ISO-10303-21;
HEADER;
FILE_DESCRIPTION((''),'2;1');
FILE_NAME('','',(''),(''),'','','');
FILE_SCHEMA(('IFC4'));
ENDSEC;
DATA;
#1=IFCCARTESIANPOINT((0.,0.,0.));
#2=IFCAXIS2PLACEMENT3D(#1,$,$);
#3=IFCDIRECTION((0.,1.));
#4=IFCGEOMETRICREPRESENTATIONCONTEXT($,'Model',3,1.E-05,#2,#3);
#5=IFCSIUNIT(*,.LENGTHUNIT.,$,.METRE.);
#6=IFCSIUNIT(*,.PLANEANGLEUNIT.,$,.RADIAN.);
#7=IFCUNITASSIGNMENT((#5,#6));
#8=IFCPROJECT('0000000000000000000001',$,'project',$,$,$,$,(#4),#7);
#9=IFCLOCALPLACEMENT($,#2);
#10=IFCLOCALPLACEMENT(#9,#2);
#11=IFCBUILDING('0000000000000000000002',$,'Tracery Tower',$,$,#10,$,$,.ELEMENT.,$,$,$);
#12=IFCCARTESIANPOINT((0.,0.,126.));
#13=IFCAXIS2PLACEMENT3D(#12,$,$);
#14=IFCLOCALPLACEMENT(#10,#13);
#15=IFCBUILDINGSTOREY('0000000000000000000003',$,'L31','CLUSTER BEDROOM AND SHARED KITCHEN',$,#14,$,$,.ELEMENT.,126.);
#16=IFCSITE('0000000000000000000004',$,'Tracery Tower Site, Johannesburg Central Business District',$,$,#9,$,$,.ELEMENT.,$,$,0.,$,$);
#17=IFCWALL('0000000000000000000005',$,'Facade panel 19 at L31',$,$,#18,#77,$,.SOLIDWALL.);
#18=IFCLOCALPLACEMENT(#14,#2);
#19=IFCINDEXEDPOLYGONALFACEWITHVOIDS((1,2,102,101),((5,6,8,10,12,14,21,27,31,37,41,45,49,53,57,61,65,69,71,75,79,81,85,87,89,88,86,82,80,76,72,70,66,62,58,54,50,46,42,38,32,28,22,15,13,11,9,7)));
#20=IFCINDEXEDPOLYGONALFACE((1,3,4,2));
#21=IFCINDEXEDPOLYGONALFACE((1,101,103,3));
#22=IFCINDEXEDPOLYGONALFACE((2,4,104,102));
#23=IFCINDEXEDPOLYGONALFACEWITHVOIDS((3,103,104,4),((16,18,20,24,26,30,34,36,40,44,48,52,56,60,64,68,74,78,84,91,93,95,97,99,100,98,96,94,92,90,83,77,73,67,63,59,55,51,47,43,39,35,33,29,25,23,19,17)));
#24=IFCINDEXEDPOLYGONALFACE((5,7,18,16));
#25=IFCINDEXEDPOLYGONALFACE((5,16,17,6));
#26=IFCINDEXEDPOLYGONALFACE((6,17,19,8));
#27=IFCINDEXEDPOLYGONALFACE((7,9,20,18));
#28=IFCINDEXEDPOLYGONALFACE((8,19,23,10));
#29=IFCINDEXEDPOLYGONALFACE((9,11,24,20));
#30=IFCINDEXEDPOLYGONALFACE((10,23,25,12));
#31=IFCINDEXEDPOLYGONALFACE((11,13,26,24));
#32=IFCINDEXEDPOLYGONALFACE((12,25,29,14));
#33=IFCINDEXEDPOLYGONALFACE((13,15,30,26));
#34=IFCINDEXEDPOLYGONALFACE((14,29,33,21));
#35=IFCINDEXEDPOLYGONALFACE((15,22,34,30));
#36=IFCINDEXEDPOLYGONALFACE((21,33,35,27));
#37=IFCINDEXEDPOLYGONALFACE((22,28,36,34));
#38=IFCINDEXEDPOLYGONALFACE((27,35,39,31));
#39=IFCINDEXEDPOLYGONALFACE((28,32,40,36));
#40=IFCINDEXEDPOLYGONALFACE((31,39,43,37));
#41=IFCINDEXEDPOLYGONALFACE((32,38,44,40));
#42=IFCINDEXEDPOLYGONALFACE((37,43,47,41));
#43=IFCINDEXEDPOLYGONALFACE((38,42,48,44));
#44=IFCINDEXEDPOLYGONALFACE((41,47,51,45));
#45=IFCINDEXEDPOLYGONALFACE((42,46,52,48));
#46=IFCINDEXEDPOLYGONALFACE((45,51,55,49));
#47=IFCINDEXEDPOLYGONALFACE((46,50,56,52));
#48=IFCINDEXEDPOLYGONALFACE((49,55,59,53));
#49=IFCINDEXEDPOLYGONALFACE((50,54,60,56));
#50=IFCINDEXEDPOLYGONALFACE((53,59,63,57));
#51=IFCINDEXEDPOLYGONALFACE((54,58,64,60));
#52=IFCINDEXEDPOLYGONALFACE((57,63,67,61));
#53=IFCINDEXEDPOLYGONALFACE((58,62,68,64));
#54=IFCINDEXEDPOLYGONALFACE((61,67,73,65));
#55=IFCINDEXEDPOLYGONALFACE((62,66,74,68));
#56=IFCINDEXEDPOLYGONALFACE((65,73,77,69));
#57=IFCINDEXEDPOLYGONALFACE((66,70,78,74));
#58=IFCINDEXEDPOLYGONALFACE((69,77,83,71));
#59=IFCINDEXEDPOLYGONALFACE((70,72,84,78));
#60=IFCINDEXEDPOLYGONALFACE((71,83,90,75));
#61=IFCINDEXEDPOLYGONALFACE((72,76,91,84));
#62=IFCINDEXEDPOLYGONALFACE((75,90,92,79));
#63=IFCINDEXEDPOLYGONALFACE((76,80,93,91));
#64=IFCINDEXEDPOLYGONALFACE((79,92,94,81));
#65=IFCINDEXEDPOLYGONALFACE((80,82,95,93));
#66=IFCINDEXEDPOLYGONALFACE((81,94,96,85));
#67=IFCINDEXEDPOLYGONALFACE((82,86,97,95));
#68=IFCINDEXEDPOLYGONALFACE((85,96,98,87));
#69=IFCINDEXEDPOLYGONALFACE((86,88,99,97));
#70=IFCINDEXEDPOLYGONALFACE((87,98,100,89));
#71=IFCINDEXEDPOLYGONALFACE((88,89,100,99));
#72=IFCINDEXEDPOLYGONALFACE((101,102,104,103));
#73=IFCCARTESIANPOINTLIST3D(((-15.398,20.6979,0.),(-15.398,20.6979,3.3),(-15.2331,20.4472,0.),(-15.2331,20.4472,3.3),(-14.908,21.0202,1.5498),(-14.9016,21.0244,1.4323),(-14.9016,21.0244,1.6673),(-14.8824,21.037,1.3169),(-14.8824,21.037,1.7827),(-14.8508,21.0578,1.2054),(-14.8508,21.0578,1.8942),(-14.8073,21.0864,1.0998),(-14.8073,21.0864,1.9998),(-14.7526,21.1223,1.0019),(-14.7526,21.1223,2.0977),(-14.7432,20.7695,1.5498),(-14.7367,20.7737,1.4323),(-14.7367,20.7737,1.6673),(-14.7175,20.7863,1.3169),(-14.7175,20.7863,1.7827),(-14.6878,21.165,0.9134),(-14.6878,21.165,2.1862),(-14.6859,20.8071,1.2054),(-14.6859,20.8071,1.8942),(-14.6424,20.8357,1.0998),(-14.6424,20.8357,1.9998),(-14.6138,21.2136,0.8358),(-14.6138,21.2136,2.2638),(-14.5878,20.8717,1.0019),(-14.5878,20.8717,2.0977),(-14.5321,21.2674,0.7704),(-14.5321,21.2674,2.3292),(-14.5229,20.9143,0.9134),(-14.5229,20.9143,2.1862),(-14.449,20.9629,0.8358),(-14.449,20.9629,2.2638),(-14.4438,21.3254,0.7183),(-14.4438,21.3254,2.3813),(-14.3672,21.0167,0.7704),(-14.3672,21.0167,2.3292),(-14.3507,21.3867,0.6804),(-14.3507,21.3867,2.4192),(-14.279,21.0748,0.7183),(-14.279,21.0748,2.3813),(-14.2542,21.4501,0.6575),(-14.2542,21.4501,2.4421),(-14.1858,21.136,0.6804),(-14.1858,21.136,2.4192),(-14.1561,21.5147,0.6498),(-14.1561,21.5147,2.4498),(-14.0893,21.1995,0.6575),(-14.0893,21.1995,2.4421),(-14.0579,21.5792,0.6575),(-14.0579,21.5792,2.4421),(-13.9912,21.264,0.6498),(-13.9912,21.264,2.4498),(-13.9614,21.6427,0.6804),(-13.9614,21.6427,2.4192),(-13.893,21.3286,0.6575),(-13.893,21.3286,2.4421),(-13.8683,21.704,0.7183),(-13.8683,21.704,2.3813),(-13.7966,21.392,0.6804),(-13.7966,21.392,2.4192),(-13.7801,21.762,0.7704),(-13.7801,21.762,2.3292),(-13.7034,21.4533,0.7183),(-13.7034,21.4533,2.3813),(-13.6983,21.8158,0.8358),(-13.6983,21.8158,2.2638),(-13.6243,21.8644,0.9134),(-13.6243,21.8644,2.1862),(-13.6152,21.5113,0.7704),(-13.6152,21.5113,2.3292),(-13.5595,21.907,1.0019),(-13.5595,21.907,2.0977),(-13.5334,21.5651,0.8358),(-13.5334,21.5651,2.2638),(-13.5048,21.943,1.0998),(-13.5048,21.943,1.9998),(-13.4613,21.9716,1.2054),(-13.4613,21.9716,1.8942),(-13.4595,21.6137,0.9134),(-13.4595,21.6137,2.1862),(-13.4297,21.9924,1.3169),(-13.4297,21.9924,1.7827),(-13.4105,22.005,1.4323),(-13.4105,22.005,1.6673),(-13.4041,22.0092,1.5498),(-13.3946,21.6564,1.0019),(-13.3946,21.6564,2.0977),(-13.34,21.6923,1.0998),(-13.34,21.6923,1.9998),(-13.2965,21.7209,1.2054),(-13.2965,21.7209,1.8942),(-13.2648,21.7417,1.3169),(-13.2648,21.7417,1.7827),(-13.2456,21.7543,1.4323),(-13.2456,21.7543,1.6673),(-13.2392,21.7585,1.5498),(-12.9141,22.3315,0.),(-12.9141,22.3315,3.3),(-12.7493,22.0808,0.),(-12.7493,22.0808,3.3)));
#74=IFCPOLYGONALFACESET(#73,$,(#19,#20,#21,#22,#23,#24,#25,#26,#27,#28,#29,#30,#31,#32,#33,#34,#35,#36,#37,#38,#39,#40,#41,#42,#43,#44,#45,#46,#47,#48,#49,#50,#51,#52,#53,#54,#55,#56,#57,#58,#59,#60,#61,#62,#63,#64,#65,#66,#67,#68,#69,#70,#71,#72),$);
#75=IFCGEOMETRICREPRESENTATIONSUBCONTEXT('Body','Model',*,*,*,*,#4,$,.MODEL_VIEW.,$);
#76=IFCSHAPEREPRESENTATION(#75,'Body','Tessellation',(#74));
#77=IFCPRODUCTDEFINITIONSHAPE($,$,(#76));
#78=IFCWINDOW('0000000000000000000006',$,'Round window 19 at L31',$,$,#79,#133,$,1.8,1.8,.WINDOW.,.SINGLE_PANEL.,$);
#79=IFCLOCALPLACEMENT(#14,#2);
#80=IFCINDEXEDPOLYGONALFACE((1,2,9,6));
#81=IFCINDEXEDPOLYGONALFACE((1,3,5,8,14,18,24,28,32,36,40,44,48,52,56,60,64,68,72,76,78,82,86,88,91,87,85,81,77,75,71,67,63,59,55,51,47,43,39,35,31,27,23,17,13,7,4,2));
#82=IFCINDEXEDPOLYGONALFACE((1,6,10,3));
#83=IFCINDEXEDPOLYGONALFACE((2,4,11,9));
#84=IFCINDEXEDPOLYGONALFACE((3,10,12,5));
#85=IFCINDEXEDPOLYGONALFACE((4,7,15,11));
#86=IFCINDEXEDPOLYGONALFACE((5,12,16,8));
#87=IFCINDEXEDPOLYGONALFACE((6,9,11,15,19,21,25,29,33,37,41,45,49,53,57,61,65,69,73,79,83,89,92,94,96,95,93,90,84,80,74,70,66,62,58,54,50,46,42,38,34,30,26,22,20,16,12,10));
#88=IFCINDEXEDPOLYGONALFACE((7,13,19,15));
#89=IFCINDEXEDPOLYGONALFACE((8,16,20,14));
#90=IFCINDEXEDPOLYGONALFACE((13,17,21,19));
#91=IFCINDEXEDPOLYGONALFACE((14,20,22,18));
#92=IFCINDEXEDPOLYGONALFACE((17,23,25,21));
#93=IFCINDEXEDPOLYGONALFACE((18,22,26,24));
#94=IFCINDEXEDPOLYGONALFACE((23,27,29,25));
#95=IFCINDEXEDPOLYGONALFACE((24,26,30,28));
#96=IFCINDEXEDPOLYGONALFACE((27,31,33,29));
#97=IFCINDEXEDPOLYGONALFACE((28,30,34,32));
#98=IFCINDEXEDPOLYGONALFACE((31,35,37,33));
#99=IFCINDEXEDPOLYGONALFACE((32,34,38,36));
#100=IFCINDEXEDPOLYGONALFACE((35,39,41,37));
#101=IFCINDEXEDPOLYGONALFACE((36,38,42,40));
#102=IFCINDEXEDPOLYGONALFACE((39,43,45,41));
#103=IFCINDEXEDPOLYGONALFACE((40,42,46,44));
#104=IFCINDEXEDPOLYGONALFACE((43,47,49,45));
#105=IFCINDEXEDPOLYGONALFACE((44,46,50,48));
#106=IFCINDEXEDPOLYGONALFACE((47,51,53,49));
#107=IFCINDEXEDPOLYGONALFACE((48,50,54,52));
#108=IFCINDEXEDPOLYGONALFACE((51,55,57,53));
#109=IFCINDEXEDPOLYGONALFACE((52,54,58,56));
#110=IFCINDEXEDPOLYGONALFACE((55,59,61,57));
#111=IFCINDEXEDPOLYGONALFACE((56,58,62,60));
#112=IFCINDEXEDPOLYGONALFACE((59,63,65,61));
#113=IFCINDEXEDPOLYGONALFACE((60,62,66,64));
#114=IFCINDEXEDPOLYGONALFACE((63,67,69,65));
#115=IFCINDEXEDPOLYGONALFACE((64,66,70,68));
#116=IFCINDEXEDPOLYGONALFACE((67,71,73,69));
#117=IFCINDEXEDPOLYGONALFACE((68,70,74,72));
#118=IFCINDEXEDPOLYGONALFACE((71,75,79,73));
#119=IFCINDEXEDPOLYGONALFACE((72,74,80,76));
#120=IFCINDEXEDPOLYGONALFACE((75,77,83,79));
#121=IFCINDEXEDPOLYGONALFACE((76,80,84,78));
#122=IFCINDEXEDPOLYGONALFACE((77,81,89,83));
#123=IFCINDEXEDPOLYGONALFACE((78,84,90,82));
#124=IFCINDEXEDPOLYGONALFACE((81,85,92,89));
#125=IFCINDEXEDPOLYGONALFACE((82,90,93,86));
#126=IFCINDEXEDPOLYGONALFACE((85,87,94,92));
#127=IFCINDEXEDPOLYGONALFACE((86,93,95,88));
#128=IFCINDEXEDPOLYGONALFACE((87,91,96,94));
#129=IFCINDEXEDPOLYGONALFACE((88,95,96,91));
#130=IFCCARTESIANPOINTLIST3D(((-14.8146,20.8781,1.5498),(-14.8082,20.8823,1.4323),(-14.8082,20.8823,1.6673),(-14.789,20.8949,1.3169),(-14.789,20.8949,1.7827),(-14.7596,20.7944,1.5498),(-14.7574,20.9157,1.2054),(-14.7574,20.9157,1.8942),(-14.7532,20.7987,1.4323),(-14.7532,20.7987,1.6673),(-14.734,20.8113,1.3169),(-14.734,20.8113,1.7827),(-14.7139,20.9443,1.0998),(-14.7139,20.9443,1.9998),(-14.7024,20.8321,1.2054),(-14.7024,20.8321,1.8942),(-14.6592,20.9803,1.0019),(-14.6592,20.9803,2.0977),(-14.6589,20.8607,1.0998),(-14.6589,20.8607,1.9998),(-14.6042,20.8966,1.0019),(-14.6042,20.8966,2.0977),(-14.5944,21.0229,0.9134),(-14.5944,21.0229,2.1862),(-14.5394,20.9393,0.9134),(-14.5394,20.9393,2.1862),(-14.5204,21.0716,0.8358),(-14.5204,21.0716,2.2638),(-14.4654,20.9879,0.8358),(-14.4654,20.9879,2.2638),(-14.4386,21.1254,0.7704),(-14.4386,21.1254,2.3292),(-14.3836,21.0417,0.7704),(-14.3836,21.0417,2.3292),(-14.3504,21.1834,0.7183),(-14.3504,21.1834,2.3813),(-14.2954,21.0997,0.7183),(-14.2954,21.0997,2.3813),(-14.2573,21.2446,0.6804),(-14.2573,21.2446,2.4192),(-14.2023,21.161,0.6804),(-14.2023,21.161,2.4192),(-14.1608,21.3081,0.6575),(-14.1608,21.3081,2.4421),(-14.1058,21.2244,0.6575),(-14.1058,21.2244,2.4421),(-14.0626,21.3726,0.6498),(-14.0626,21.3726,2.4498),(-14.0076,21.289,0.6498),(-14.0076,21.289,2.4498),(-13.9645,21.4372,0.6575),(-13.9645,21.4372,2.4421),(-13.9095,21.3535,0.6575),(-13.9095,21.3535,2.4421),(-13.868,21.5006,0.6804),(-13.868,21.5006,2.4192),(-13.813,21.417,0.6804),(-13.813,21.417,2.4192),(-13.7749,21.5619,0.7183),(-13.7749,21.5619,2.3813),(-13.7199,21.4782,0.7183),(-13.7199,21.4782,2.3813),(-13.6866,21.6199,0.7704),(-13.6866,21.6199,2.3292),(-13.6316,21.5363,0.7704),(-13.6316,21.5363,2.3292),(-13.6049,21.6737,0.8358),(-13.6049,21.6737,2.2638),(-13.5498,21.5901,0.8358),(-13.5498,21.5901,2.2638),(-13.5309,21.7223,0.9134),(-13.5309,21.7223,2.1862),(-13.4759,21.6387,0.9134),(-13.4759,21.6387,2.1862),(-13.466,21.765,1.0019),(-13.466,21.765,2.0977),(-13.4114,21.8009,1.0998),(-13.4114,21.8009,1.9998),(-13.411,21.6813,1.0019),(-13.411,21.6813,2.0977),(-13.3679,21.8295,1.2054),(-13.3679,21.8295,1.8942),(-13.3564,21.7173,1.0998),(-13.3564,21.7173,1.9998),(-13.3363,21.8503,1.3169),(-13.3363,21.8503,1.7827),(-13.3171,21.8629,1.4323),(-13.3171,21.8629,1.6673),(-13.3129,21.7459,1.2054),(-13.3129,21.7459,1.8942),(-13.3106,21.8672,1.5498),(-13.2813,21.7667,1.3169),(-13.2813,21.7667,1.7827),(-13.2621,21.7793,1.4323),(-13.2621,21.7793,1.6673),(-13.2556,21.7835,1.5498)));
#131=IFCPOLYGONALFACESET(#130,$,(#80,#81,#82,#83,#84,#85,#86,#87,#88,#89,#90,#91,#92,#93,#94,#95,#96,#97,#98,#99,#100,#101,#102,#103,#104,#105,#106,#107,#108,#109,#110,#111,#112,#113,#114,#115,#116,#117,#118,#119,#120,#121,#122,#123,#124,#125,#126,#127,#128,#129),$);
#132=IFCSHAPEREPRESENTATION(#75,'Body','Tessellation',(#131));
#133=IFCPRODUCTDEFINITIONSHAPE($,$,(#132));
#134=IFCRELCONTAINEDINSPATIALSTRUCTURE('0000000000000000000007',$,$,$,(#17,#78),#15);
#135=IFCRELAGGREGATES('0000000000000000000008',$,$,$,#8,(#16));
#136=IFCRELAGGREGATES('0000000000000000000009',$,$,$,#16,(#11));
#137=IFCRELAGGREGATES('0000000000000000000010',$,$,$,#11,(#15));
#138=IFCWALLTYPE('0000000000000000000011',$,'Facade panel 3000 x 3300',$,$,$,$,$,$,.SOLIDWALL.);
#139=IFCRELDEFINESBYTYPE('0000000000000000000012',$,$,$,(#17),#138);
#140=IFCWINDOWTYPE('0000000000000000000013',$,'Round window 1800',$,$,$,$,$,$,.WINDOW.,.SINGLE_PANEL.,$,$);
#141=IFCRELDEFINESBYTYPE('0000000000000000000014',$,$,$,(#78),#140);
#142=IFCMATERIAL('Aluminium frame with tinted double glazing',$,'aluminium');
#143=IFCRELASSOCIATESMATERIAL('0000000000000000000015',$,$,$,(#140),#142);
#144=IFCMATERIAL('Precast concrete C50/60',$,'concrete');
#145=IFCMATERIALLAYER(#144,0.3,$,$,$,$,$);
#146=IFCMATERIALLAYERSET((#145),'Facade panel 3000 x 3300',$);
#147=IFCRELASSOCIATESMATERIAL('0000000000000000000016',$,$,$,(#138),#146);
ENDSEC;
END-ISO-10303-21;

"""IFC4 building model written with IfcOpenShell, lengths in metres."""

from ifc_helpers import new_model, si_unit, direction, frame, frame_2d, origin, origin_2d, place, context, subcontext, project, spatial, rectangle, circle, extrude, material, layer, layer_set, type_object, element, fill, save


model = new_model("IFC4")

# Units and contexts
model_context = context("Model", 3, precision=1e-05, world=origin(), true_north=direction((0.0, 1.0)))
body_context = subcontext(model_context, "Body", "Model", "MODEL_VIEW")
ifc_project = project(units=[si_unit("LENGTHUNIT", "METRE"), si_unit("PLANEANGLEUNIT", "RADIAN")], contexts=[model_context])

# Site, building, storey
site_placement = place(None, origin())
site = spatial("IfcSite", under=ifc_project, at=site_placement, Name="Tracery Tower Site, Johannesburg Central Business District", CompositionType="ELEMENT", RefElevation=0.0)
building_placement = place(site_placement, origin())
building = spatial("IfcBuilding", under=site, at=building_placement, Name="Tracery Tower", CompositionType="ELEMENT")
storey_placement = place(building_placement, frame((0.0, 0.0, 126.0)))
storey = spatial("IfcBuildingStorey", under=building, at=storey_placement, Name="L31", Description="CLUSTER BEDROOM AND SHARED KITCHEN", CompositionType="ELEMENT", Elevation=126.0)

# Wall, opening, window
ifc_material_1 = material(Name="Aluminium frame with tinted double glazing", Category="aluminium")
window_type = type_object("IfcWindowType", Name="Round window 1800", PartitioningType="SINGLE_PANEL", PredefinedType="WINDOW", material=ifc_material_1)
ifc_material_2 = material(Name="Precast concrete C50/60", Category="concrete")
ifc_layer_1 = layer(ifc_material_2, 0.3)
ifc_layer_set_1 = layer_set([ifc_layer_1], Name="Facade panel 3000 x 3300")
wall_type_1 = type_object("IfcWallType", Name="Facade panel 3000 x 3300", PredefinedType="SOLIDWALL", material=ifc_layer_set_1)
wall_1_placement = place(storey_placement, frame((-12.8318, 22.2061, 0.0), z_axis=(0.0, 0.0, 1.0), x_axis=(-0.835508, -0.549478, 0.0)))
wall_1 = element("IfcWall", 1, at=wall_1_placement, inside=storey, type_object=wall_type_1, Name="Facade panel 19 at L31", PredefinedType="SOLIDWALL", context=body_context, shape_type="SweptSolid", body=[
    extrude(rectangle(XDim=2.9729, YDim=0.3, at=frame_2d((1.4863, 0.0))), origin(), (0.0, 0.0, 1.0), 3.3),
])
opening_1_placement = place(wall_1_placement, frame((1.4863, 0.0, 1.5498)))
opening_1 = element("IfcOpeningElement", 2, at=opening_1_placement, cuts=wall_1, PredefinedType="OPENING", context=body_context, shape_type="SweptSolid", body=[
    extrude(circle(Radius=0.9, at=origin_2d()), frame((0.0, 0.1599, 0.0), z_axis=(0.0, -1.0, 0.0), x_axis=(1.0, 0.0, 0.0)), (0.0, 0.0, 1.0), 0.3201),
])
window_1_placement = place(opening_1_placement, origin())
window_1 = element("IfcWindow", 3, at=window_1_placement, inside=storey, type_object=window_type, Name="Round window 19 at L31", OverallHeight=1.8, OverallWidth=1.8, PartitioningType="SINGLE_PANEL", PredefinedType="WINDOW", context=body_context, shape_type="SweptSolid", body=[
    extrude(circle(Radius=0.9, at=origin_2d()), frame((0.0, 0.1201, 0.0), z_axis=(0.0, -1.0, 0.0), x_axis=(1.0, 0.0, 0.0)), (0.0, 0.0, 1.0), 0.1001),
])
fill(opening_1, window_1)

save(model, "model.ifc")
